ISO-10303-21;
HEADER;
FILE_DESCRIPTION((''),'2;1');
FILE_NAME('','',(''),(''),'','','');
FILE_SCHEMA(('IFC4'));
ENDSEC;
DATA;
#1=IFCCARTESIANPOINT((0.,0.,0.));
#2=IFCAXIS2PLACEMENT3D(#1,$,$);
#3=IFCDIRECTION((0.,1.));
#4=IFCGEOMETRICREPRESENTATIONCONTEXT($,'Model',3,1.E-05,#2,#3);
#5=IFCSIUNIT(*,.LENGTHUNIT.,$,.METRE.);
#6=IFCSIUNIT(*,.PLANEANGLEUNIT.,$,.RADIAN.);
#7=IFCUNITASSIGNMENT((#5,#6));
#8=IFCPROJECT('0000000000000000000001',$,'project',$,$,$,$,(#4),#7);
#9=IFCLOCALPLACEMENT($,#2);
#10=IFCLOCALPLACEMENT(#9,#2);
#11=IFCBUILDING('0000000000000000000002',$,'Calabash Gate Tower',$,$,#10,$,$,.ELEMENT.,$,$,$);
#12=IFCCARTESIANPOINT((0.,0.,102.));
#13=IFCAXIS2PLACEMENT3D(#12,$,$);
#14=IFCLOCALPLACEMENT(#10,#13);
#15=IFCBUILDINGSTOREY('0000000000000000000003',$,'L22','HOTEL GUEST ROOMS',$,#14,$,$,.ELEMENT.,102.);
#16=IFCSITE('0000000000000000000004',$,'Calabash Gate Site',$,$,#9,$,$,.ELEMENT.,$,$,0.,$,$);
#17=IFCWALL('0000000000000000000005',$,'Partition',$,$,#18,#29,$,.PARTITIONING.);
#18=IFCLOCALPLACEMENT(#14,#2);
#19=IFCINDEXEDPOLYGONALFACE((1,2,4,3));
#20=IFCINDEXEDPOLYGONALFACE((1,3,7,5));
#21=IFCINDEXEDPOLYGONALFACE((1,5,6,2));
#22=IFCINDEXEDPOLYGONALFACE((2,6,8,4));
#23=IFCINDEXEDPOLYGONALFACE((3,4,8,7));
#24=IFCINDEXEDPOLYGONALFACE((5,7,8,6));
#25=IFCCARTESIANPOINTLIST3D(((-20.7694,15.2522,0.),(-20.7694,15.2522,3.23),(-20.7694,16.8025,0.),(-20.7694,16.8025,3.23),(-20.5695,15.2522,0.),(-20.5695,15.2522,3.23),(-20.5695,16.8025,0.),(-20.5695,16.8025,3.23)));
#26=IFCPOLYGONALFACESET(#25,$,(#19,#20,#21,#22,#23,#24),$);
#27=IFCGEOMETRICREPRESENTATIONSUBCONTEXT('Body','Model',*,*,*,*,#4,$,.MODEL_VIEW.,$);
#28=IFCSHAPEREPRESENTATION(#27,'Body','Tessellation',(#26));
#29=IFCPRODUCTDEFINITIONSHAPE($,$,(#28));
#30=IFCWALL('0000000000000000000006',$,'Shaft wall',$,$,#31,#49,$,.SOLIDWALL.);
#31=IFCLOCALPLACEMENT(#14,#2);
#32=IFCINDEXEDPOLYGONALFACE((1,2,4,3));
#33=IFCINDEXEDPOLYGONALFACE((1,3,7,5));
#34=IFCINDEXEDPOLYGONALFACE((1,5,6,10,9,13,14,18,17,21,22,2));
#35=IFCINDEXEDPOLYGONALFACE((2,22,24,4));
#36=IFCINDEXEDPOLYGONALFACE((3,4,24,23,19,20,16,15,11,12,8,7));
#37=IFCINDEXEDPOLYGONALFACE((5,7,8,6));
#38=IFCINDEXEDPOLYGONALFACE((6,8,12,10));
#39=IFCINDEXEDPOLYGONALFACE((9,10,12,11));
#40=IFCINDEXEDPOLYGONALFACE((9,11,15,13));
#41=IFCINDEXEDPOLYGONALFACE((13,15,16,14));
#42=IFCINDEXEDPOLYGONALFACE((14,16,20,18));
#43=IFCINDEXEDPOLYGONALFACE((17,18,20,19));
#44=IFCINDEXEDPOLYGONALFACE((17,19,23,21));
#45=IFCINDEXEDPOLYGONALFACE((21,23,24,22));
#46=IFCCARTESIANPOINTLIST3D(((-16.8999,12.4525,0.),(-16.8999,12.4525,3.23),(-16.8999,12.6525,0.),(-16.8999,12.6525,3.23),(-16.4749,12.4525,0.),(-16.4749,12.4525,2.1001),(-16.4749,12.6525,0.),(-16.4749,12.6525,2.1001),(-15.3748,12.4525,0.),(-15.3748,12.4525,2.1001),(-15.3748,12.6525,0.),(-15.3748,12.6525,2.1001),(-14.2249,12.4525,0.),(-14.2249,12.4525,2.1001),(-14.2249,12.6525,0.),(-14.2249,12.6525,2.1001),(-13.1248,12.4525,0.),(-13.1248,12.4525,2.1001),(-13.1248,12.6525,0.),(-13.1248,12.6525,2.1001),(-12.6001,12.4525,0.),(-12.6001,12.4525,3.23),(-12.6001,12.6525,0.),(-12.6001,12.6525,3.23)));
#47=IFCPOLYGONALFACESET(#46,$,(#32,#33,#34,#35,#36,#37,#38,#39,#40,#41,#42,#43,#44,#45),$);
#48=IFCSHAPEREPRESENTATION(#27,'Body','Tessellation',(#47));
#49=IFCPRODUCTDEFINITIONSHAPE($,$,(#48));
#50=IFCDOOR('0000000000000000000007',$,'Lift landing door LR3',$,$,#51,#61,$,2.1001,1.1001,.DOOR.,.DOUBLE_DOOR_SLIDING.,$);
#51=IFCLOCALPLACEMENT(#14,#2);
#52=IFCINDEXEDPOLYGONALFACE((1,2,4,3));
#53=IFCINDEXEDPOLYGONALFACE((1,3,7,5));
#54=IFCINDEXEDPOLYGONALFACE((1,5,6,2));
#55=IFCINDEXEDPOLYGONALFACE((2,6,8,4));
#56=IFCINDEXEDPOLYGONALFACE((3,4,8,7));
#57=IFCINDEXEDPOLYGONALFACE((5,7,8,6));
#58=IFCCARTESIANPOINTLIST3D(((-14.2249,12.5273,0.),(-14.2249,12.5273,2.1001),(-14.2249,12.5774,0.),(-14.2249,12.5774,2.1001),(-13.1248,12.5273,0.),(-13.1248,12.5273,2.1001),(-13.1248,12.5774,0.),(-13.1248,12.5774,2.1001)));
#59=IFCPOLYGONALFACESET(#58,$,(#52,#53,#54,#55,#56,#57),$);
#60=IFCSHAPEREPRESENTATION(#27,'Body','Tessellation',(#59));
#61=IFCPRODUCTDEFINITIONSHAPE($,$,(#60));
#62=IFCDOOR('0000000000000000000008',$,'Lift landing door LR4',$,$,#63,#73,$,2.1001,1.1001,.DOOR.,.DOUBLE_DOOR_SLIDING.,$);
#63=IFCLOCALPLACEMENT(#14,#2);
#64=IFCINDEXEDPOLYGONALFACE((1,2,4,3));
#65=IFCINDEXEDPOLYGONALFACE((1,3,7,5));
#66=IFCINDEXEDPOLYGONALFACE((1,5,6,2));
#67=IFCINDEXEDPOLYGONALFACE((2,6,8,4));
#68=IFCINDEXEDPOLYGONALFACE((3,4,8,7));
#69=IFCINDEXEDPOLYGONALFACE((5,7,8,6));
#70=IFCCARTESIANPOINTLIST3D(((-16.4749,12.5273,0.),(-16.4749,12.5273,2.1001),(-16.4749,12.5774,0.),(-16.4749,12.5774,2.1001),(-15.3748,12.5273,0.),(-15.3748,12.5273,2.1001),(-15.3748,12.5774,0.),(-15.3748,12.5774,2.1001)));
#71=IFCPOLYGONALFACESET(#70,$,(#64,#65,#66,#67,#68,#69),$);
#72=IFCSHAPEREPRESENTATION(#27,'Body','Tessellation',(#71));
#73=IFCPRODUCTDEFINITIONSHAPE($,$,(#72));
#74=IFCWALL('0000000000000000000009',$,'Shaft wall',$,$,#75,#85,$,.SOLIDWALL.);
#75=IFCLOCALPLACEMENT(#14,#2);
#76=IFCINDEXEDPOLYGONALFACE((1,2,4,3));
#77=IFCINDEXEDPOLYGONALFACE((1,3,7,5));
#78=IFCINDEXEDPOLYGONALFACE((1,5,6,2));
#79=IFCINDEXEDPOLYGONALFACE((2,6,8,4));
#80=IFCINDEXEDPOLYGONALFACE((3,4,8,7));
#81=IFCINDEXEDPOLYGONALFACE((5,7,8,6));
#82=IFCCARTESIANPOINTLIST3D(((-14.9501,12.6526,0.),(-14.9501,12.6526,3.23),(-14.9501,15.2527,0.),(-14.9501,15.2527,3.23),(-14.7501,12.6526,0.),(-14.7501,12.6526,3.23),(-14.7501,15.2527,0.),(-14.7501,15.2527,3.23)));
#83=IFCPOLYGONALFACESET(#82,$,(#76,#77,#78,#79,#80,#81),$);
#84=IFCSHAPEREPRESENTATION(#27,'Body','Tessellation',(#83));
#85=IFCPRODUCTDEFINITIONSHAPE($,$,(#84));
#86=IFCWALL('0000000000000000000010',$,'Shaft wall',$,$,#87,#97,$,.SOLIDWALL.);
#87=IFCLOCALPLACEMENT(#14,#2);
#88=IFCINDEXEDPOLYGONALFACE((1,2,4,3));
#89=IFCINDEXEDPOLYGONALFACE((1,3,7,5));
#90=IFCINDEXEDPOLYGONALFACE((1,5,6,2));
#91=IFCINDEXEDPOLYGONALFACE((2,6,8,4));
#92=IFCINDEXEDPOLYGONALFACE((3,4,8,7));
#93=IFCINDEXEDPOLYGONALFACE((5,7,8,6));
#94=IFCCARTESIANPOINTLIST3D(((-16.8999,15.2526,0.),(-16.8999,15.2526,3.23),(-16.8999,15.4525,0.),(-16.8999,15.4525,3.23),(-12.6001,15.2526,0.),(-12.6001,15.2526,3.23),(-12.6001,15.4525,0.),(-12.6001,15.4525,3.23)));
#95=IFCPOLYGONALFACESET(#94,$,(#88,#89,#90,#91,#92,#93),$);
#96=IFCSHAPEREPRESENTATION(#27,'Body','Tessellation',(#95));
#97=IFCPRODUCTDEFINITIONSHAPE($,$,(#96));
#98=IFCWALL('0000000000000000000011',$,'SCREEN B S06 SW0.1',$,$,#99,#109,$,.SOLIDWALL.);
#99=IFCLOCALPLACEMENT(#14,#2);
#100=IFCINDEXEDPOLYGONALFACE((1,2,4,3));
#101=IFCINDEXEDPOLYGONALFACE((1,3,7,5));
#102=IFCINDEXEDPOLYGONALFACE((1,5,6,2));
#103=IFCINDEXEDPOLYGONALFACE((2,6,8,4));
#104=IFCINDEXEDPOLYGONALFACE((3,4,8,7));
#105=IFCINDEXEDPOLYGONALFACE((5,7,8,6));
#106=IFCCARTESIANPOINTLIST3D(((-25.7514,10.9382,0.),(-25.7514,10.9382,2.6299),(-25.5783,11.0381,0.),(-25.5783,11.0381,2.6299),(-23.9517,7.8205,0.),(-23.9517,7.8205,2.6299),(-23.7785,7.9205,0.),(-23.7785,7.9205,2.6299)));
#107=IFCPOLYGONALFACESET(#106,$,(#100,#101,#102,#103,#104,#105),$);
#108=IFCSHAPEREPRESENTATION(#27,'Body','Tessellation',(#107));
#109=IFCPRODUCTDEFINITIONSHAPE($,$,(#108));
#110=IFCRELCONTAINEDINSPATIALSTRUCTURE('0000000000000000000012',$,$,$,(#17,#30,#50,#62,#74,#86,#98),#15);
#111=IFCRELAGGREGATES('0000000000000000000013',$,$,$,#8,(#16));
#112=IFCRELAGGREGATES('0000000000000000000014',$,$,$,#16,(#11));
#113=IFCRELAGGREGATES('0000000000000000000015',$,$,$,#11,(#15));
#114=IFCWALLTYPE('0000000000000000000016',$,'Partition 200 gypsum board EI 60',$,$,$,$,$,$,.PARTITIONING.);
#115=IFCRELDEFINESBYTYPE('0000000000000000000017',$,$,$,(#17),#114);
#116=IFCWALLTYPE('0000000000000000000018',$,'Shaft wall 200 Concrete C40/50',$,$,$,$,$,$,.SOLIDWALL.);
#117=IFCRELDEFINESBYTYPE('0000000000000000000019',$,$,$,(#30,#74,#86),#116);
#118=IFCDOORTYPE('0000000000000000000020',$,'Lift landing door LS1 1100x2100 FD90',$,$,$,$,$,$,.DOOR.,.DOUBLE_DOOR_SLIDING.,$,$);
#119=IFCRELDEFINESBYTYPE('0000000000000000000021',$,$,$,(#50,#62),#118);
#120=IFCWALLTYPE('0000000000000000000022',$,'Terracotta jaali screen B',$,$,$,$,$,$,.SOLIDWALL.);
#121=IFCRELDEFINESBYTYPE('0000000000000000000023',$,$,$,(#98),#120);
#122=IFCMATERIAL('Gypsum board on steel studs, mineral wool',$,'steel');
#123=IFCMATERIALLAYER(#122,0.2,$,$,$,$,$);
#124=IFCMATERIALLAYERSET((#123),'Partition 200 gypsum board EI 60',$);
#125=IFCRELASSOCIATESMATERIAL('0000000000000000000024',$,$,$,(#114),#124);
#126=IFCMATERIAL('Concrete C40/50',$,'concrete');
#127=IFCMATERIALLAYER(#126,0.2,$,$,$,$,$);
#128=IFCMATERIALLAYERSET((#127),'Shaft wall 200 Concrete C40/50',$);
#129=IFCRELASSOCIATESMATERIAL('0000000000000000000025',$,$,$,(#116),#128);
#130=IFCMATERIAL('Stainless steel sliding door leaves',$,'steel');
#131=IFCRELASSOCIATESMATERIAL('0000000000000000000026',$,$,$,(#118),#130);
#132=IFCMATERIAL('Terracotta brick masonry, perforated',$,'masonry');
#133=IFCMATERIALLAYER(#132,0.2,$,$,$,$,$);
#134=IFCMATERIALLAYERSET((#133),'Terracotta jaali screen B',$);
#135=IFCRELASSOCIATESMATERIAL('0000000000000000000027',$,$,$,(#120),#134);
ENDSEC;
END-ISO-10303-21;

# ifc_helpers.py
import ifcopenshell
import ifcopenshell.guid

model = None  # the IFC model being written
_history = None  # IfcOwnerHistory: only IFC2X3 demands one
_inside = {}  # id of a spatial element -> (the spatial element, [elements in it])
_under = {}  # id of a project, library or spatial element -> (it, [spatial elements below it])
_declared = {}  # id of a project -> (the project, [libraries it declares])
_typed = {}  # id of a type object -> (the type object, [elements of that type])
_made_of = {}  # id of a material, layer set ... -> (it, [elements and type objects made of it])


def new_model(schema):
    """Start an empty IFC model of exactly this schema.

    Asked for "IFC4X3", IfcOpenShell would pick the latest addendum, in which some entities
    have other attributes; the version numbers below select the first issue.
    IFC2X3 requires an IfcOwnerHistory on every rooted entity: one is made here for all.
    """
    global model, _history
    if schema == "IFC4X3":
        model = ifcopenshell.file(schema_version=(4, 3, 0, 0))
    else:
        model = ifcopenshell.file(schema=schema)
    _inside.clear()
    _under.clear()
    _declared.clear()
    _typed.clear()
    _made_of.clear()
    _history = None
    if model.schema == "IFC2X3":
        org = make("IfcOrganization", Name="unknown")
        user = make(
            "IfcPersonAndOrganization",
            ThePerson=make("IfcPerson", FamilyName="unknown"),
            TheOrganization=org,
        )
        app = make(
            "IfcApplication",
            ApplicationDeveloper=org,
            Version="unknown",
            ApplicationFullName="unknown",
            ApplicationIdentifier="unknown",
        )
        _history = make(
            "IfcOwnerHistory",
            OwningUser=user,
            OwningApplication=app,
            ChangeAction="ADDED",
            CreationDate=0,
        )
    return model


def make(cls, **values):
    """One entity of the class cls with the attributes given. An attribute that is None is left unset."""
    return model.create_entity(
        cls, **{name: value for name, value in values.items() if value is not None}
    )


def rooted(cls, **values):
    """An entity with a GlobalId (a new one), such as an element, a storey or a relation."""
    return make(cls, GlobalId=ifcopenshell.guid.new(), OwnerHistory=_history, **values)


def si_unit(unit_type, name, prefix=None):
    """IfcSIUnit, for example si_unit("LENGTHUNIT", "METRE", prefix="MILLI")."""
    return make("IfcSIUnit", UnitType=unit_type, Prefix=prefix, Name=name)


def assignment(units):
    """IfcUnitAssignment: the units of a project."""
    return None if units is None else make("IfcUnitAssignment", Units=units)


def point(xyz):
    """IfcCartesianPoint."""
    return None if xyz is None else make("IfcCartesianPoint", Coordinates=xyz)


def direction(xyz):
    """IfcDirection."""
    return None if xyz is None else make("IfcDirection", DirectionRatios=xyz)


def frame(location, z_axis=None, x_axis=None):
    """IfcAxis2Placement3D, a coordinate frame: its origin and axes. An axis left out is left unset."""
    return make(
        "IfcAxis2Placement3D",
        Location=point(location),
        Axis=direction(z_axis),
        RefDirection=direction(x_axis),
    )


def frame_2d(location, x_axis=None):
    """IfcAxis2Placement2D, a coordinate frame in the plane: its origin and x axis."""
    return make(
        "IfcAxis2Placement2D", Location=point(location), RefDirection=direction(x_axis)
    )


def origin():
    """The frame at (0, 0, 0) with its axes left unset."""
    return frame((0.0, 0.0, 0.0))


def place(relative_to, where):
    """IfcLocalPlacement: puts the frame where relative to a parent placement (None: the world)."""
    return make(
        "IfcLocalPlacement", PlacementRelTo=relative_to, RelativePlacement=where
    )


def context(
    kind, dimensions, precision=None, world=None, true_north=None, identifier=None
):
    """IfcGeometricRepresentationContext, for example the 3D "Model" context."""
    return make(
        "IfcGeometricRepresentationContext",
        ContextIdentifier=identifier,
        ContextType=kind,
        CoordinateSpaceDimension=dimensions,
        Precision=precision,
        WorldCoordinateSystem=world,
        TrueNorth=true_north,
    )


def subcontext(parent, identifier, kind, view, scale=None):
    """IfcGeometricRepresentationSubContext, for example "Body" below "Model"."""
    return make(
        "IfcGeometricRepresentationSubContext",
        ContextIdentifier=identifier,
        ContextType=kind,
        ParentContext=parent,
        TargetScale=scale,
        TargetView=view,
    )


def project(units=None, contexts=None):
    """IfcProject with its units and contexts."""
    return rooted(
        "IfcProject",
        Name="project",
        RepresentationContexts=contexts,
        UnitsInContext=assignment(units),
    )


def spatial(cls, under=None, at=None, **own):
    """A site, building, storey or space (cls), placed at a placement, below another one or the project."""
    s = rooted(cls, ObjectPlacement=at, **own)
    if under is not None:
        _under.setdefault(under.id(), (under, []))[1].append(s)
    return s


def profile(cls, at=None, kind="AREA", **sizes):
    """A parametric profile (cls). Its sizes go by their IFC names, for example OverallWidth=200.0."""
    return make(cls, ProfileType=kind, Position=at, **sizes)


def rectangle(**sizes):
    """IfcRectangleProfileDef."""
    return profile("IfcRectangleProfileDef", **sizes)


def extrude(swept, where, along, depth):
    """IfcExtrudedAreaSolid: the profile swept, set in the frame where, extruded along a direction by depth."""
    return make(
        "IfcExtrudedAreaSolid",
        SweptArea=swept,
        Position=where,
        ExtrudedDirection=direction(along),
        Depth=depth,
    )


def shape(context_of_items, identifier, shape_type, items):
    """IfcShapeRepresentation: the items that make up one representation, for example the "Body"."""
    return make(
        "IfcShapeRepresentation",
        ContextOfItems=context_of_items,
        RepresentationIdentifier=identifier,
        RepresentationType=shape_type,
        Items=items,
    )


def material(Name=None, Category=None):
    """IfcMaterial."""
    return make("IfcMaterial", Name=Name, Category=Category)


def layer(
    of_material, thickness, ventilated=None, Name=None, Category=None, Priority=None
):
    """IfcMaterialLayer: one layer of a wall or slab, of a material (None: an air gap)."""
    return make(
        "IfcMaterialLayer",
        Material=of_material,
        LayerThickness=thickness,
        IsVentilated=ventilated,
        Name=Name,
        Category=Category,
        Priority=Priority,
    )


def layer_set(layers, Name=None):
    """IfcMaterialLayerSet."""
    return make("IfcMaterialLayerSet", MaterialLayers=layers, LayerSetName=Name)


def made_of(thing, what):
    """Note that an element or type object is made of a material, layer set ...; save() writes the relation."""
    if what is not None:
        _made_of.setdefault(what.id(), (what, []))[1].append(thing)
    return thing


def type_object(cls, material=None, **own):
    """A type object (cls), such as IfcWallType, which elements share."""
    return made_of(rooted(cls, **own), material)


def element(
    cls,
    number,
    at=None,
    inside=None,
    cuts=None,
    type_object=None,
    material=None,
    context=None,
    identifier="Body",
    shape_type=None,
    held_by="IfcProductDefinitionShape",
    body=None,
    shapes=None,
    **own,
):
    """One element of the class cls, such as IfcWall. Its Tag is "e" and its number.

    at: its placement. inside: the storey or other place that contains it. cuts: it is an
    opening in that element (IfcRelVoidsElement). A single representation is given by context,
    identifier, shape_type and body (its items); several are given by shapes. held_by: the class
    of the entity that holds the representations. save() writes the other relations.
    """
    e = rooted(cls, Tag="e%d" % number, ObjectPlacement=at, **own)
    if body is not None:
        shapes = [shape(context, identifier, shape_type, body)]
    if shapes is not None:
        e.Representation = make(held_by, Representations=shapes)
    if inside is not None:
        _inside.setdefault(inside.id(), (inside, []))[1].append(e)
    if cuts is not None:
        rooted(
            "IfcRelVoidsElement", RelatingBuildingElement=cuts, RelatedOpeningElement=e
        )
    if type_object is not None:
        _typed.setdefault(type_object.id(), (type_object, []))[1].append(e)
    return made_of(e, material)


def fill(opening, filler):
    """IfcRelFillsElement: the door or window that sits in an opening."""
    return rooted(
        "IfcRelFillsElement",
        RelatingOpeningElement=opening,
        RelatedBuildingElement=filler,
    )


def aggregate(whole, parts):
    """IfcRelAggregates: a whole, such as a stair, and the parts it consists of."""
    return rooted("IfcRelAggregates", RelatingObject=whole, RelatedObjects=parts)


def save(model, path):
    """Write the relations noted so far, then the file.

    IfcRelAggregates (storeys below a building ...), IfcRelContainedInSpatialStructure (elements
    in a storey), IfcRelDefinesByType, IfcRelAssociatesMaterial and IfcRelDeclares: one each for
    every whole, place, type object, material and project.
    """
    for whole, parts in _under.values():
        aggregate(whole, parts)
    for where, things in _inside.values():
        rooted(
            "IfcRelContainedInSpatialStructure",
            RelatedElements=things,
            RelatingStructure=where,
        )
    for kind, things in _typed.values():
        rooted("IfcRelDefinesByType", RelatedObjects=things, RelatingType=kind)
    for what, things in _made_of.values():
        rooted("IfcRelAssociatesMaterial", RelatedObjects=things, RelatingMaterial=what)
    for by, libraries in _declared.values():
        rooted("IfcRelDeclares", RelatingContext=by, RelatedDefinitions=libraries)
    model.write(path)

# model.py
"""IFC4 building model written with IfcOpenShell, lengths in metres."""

from ifc_helpers import new_model, si_unit, direction, frame, frame_2d, origin, place, context, subcontext, project, spatial, rectangle, extrude, material, layer, layer_set, type_object, element, fill, save


model = new_model("IFC4")

# Units and contexts
model_context = context("Model", 3, precision=1e-05, world=origin(), true_north=direction((0.0, 1.0)))
body_context = subcontext(model_context, "Body", "Model", "MODEL_VIEW")
ifc_project = project(units=[si_unit("LENGTHUNIT", "METRE"), si_unit("PLANEANGLEUNIT", "RADIAN")], contexts=[model_context])

# Site, building, storey
site_placement = place(None, origin())
site = spatial("IfcSite", under=ifc_project, at=site_placement, Name="Calabash Gate Site", CompositionType="ELEMENT", RefElevation=0.0)
building_placement = place(site_placement, origin())
building = spatial("IfcBuilding", under=site, at=building_placement, Name="Calabash Gate Tower", CompositionType="ELEMENT")
storey_placement = place(building_placement, frame((0.0, 0.0, 102.0)))
storey = spatial("IfcBuildingStorey", under=building, at=storey_placement, Name="L22", Description="HOTEL GUEST ROOMS", CompositionType="ELEMENT", Elevation=102.0)

# Shared definitions
ifc_material_1 = material(Name="Gypsum board on steel studs, mineral wool", Category="steel")
ifc_layer_1 = layer(ifc_material_1, 0.2)
ifc_layer_set_1 = layer_set([ifc_layer_1], Name="Partition 200 gypsum board EI 60")
wall_type_1 = type_object("IfcWallType", Name="Partition 200 gypsum board EI 60", PredefinedType="PARTITIONING", material=ifc_layer_set_1)

# Wall
wall_1_placement = place(storey_placement, frame((-20.6694, 16.8025, 0.0), z_axis=(0.0, 0.0, 1.0), x_axis=(0.0, -1.0, 0.0)))
element("IfcWall", 1, at=wall_1_placement, inside=storey, type_object=wall_type_1, Name="Partition", PredefinedType="PARTITIONING", context=body_context, shape_type="SweptSolid", body=[
    extrude(rectangle(XDim=1.5503, YDim=0.2, at=frame_2d((0.7751, 0.0))), origin(), (0.0, 0.0, 1.0), 3.23),
])

# Wall, openings, doors
ifc_material_2 = material(Name="Concrete C40/50", Category="concrete")
ifc_layer_2 = layer(ifc_material_2, 0.2)
ifc_layer_set_2 = layer_set([ifc_layer_2], Name="Shaft wall 200 Concrete C40/50")
wall_type_2 = type_object("IfcWallType", Name="Shaft wall 200 Concrete C40/50", PredefinedType="SOLIDWALL", material=ifc_layer_set_2)
wall_2_placement = place(storey_placement, frame((-16.8999, 12.5525, 0.0), z_axis=(0.0, 0.0, 1.0), x_axis=(1.0, 0.0, 0.0)))
wall_2 = element("IfcWall", 2, at=wall_2_placement, inside=storey, type_object=wall_type_2, Name="Shaft wall", PredefinedType="SOLIDWALL", context=body_context, shape_type="SweptSolid", body=[
    extrude(rectangle(XDim=4.2998, YDim=0.2, at=frame_2d((2.1499, 0.0))), origin(), (0.0, 0.0, 1.0), 3.23),
])
opening_1_placement = place(wall_2_placement, frame((2.675, 0.0, 0.0)))
opening_1 = element("IfcOpeningElement", 3, at=opening_1_placement, cuts=wall_2, PredefinedType="OPENING", context=body_context, shape_type="SweptSolid", body=[
    extrude(rectangle(XDim=1.1001, YDim=2.1001, at=frame_2d((0.55, 1.05))), frame((0.0, 0.1099, 0.0), z_axis=(0.0, -1.0, 0.0), x_axis=(1.0, 0.0, 0.0)), (0.0, 0.0, 1.0), 0.22),
])
opening_2_placement = place(wall_2_placement, frame((0.425, 0.0, 0.0)))
opening_2 = element("IfcOpeningElement", 4, at=opening_2_placement, cuts=wall_2, PredefinedType="OPENING", context=body_context, shape_type="SweptSolid", body=[
    extrude(rectangle(XDim=1.1001, YDim=2.1001, at=frame_2d((0.55, 1.05))), frame((0.0, 0.1099, 0.0), z_axis=(0.0, -1.0, 0.0), x_axis=(1.0, 0.0, 0.0)), (0.0, 0.0, 1.0), 0.22),
])
ifc_material_3 = material(Name="Stainless steel sliding door leaves", Category="steel")
door_type_1 = type_object("IfcDoorType", Name="Lift landing door LS1 1100x2100 FD90", OperationType="DOUBLE_DOOR_SLIDING", PredefinedType="DOOR", material=ifc_material_3)
door_1_placement = place(opening_1_placement, origin())
door_1 = element("IfcDoor", 5, at=door_1_placement, inside=storey, type_object=door_type_1, Name="Lift landing door LR3", OperationType="DOUBLE_DOOR_SLIDING", OverallHeight=2.1001, OverallWidth=1.1001, PredefinedType="DOOR", context=body_context, shape_type="SweptSolid", body=[
    extrude(rectangle(XDim=1.1001, YDim=2.1001, at=frame_2d((0.55, 1.05))), frame((0.0, 0.0249, 0.0), z_axis=(0.0, -1.0, 0.0), x_axis=(1.0, 0.0, 0.0)), (0.0, 0.0, 1.0), 0.05),
])
fill(opening_1, door_1)
door_2_placement = place(opening_2_placement, origin())
door_2 = element("IfcDoor", 6, at=door_2_placement, inside=storey, type_object=door_type_1, Name="Lift landing door LR4", OperationType="DOUBLE_DOOR_SLIDING", OverallHeight=2.1001, OverallWidth=1.1001, PredefinedType="DOOR", context=body_context, shape_type="SweptSolid", body=[
    extrude(rectangle(XDim=1.1001, YDim=2.1001, at=frame_2d((0.55, 1.05))), frame((0.0, 0.0249, 0.0), z_axis=(0.0, -1.0, 0.0), x_axis=(1.0, 0.0, 0.0)), (0.0, 0.0, 1.0), 0.05),
])
fill(opening_2, door_2)

# Walls
wall_3_placement = place(storey_placement, frame((-14.8501, 12.6526, 0.0), z_axis=(0.0, 0.0, 1.0), x_axis=(0.0, 1.0, 0.0)))
element("IfcWall", 7, at=wall_3_placement, inside=storey, type_object=wall_type_2, Name="Shaft wall", PredefinedType="SOLIDWALL", context=body_context, shape_type="SweptSolid", body=[
    extrude(rectangle(XDim=2.6001, YDim=0.2, at=frame_2d((1.3, 0.0))), origin(), (0.0, 0.0, 1.0), 3.23),
])
wall_4_placement = place(storey_placement, frame((-16.8999, 15.3525, 0.0), z_axis=(0.0, 0.0, 1.0), x_axis=(1.0, 0.0, 0.0)))
element("IfcWall", 8, at=wall_4_placement, inside=storey, type_object=wall_type_2, Name="Shaft wall", PredefinedType="SOLIDWALL", context=body_context, shape_type="SweptSolid", body=[
    extrude(rectangle(XDim=4.2998, YDim=0.2, at=frame_2d((2.1499, 0.0))), origin(), (0.0, 0.0, 1.0), 3.23),
])
ifc_material_4 = material(Name="Terracotta brick masonry, perforated", Category="masonry")
ifc_layer_3 = layer(ifc_material_4, 0.2)
ifc_layer_set_3 = layer_set([ifc_layer_3], Name="Terracotta jaali screen B")
wall_type_3 = type_object("IfcWallType", Name="Terracotta jaali screen B", PredefinedType="SOLIDWALL", material=ifc_layer_set_3)
wall_5_placement = place(storey_placement, frame((-25.6648, 10.988, 0.0), z_axis=(0.0, 0.0, 1.0), x_axis=(0.499961, -0.866048, 0.0)))
element("IfcWall", 9, at=wall_5_placement, inside=storey, type_object=wall_type_3, Name="SCREEN B S06 SW0.1", PredefinedType="SOLIDWALL", context=body_context, shape_type="SweptSolid", body=[
    extrude(rectangle(XDim=3.5999, YDim=0.2, at=frame_2d((1.7998, 0.0))), origin(), (0.0, 0.0, 1.0), 2.6299),
])

save(model, "model.ifc")
